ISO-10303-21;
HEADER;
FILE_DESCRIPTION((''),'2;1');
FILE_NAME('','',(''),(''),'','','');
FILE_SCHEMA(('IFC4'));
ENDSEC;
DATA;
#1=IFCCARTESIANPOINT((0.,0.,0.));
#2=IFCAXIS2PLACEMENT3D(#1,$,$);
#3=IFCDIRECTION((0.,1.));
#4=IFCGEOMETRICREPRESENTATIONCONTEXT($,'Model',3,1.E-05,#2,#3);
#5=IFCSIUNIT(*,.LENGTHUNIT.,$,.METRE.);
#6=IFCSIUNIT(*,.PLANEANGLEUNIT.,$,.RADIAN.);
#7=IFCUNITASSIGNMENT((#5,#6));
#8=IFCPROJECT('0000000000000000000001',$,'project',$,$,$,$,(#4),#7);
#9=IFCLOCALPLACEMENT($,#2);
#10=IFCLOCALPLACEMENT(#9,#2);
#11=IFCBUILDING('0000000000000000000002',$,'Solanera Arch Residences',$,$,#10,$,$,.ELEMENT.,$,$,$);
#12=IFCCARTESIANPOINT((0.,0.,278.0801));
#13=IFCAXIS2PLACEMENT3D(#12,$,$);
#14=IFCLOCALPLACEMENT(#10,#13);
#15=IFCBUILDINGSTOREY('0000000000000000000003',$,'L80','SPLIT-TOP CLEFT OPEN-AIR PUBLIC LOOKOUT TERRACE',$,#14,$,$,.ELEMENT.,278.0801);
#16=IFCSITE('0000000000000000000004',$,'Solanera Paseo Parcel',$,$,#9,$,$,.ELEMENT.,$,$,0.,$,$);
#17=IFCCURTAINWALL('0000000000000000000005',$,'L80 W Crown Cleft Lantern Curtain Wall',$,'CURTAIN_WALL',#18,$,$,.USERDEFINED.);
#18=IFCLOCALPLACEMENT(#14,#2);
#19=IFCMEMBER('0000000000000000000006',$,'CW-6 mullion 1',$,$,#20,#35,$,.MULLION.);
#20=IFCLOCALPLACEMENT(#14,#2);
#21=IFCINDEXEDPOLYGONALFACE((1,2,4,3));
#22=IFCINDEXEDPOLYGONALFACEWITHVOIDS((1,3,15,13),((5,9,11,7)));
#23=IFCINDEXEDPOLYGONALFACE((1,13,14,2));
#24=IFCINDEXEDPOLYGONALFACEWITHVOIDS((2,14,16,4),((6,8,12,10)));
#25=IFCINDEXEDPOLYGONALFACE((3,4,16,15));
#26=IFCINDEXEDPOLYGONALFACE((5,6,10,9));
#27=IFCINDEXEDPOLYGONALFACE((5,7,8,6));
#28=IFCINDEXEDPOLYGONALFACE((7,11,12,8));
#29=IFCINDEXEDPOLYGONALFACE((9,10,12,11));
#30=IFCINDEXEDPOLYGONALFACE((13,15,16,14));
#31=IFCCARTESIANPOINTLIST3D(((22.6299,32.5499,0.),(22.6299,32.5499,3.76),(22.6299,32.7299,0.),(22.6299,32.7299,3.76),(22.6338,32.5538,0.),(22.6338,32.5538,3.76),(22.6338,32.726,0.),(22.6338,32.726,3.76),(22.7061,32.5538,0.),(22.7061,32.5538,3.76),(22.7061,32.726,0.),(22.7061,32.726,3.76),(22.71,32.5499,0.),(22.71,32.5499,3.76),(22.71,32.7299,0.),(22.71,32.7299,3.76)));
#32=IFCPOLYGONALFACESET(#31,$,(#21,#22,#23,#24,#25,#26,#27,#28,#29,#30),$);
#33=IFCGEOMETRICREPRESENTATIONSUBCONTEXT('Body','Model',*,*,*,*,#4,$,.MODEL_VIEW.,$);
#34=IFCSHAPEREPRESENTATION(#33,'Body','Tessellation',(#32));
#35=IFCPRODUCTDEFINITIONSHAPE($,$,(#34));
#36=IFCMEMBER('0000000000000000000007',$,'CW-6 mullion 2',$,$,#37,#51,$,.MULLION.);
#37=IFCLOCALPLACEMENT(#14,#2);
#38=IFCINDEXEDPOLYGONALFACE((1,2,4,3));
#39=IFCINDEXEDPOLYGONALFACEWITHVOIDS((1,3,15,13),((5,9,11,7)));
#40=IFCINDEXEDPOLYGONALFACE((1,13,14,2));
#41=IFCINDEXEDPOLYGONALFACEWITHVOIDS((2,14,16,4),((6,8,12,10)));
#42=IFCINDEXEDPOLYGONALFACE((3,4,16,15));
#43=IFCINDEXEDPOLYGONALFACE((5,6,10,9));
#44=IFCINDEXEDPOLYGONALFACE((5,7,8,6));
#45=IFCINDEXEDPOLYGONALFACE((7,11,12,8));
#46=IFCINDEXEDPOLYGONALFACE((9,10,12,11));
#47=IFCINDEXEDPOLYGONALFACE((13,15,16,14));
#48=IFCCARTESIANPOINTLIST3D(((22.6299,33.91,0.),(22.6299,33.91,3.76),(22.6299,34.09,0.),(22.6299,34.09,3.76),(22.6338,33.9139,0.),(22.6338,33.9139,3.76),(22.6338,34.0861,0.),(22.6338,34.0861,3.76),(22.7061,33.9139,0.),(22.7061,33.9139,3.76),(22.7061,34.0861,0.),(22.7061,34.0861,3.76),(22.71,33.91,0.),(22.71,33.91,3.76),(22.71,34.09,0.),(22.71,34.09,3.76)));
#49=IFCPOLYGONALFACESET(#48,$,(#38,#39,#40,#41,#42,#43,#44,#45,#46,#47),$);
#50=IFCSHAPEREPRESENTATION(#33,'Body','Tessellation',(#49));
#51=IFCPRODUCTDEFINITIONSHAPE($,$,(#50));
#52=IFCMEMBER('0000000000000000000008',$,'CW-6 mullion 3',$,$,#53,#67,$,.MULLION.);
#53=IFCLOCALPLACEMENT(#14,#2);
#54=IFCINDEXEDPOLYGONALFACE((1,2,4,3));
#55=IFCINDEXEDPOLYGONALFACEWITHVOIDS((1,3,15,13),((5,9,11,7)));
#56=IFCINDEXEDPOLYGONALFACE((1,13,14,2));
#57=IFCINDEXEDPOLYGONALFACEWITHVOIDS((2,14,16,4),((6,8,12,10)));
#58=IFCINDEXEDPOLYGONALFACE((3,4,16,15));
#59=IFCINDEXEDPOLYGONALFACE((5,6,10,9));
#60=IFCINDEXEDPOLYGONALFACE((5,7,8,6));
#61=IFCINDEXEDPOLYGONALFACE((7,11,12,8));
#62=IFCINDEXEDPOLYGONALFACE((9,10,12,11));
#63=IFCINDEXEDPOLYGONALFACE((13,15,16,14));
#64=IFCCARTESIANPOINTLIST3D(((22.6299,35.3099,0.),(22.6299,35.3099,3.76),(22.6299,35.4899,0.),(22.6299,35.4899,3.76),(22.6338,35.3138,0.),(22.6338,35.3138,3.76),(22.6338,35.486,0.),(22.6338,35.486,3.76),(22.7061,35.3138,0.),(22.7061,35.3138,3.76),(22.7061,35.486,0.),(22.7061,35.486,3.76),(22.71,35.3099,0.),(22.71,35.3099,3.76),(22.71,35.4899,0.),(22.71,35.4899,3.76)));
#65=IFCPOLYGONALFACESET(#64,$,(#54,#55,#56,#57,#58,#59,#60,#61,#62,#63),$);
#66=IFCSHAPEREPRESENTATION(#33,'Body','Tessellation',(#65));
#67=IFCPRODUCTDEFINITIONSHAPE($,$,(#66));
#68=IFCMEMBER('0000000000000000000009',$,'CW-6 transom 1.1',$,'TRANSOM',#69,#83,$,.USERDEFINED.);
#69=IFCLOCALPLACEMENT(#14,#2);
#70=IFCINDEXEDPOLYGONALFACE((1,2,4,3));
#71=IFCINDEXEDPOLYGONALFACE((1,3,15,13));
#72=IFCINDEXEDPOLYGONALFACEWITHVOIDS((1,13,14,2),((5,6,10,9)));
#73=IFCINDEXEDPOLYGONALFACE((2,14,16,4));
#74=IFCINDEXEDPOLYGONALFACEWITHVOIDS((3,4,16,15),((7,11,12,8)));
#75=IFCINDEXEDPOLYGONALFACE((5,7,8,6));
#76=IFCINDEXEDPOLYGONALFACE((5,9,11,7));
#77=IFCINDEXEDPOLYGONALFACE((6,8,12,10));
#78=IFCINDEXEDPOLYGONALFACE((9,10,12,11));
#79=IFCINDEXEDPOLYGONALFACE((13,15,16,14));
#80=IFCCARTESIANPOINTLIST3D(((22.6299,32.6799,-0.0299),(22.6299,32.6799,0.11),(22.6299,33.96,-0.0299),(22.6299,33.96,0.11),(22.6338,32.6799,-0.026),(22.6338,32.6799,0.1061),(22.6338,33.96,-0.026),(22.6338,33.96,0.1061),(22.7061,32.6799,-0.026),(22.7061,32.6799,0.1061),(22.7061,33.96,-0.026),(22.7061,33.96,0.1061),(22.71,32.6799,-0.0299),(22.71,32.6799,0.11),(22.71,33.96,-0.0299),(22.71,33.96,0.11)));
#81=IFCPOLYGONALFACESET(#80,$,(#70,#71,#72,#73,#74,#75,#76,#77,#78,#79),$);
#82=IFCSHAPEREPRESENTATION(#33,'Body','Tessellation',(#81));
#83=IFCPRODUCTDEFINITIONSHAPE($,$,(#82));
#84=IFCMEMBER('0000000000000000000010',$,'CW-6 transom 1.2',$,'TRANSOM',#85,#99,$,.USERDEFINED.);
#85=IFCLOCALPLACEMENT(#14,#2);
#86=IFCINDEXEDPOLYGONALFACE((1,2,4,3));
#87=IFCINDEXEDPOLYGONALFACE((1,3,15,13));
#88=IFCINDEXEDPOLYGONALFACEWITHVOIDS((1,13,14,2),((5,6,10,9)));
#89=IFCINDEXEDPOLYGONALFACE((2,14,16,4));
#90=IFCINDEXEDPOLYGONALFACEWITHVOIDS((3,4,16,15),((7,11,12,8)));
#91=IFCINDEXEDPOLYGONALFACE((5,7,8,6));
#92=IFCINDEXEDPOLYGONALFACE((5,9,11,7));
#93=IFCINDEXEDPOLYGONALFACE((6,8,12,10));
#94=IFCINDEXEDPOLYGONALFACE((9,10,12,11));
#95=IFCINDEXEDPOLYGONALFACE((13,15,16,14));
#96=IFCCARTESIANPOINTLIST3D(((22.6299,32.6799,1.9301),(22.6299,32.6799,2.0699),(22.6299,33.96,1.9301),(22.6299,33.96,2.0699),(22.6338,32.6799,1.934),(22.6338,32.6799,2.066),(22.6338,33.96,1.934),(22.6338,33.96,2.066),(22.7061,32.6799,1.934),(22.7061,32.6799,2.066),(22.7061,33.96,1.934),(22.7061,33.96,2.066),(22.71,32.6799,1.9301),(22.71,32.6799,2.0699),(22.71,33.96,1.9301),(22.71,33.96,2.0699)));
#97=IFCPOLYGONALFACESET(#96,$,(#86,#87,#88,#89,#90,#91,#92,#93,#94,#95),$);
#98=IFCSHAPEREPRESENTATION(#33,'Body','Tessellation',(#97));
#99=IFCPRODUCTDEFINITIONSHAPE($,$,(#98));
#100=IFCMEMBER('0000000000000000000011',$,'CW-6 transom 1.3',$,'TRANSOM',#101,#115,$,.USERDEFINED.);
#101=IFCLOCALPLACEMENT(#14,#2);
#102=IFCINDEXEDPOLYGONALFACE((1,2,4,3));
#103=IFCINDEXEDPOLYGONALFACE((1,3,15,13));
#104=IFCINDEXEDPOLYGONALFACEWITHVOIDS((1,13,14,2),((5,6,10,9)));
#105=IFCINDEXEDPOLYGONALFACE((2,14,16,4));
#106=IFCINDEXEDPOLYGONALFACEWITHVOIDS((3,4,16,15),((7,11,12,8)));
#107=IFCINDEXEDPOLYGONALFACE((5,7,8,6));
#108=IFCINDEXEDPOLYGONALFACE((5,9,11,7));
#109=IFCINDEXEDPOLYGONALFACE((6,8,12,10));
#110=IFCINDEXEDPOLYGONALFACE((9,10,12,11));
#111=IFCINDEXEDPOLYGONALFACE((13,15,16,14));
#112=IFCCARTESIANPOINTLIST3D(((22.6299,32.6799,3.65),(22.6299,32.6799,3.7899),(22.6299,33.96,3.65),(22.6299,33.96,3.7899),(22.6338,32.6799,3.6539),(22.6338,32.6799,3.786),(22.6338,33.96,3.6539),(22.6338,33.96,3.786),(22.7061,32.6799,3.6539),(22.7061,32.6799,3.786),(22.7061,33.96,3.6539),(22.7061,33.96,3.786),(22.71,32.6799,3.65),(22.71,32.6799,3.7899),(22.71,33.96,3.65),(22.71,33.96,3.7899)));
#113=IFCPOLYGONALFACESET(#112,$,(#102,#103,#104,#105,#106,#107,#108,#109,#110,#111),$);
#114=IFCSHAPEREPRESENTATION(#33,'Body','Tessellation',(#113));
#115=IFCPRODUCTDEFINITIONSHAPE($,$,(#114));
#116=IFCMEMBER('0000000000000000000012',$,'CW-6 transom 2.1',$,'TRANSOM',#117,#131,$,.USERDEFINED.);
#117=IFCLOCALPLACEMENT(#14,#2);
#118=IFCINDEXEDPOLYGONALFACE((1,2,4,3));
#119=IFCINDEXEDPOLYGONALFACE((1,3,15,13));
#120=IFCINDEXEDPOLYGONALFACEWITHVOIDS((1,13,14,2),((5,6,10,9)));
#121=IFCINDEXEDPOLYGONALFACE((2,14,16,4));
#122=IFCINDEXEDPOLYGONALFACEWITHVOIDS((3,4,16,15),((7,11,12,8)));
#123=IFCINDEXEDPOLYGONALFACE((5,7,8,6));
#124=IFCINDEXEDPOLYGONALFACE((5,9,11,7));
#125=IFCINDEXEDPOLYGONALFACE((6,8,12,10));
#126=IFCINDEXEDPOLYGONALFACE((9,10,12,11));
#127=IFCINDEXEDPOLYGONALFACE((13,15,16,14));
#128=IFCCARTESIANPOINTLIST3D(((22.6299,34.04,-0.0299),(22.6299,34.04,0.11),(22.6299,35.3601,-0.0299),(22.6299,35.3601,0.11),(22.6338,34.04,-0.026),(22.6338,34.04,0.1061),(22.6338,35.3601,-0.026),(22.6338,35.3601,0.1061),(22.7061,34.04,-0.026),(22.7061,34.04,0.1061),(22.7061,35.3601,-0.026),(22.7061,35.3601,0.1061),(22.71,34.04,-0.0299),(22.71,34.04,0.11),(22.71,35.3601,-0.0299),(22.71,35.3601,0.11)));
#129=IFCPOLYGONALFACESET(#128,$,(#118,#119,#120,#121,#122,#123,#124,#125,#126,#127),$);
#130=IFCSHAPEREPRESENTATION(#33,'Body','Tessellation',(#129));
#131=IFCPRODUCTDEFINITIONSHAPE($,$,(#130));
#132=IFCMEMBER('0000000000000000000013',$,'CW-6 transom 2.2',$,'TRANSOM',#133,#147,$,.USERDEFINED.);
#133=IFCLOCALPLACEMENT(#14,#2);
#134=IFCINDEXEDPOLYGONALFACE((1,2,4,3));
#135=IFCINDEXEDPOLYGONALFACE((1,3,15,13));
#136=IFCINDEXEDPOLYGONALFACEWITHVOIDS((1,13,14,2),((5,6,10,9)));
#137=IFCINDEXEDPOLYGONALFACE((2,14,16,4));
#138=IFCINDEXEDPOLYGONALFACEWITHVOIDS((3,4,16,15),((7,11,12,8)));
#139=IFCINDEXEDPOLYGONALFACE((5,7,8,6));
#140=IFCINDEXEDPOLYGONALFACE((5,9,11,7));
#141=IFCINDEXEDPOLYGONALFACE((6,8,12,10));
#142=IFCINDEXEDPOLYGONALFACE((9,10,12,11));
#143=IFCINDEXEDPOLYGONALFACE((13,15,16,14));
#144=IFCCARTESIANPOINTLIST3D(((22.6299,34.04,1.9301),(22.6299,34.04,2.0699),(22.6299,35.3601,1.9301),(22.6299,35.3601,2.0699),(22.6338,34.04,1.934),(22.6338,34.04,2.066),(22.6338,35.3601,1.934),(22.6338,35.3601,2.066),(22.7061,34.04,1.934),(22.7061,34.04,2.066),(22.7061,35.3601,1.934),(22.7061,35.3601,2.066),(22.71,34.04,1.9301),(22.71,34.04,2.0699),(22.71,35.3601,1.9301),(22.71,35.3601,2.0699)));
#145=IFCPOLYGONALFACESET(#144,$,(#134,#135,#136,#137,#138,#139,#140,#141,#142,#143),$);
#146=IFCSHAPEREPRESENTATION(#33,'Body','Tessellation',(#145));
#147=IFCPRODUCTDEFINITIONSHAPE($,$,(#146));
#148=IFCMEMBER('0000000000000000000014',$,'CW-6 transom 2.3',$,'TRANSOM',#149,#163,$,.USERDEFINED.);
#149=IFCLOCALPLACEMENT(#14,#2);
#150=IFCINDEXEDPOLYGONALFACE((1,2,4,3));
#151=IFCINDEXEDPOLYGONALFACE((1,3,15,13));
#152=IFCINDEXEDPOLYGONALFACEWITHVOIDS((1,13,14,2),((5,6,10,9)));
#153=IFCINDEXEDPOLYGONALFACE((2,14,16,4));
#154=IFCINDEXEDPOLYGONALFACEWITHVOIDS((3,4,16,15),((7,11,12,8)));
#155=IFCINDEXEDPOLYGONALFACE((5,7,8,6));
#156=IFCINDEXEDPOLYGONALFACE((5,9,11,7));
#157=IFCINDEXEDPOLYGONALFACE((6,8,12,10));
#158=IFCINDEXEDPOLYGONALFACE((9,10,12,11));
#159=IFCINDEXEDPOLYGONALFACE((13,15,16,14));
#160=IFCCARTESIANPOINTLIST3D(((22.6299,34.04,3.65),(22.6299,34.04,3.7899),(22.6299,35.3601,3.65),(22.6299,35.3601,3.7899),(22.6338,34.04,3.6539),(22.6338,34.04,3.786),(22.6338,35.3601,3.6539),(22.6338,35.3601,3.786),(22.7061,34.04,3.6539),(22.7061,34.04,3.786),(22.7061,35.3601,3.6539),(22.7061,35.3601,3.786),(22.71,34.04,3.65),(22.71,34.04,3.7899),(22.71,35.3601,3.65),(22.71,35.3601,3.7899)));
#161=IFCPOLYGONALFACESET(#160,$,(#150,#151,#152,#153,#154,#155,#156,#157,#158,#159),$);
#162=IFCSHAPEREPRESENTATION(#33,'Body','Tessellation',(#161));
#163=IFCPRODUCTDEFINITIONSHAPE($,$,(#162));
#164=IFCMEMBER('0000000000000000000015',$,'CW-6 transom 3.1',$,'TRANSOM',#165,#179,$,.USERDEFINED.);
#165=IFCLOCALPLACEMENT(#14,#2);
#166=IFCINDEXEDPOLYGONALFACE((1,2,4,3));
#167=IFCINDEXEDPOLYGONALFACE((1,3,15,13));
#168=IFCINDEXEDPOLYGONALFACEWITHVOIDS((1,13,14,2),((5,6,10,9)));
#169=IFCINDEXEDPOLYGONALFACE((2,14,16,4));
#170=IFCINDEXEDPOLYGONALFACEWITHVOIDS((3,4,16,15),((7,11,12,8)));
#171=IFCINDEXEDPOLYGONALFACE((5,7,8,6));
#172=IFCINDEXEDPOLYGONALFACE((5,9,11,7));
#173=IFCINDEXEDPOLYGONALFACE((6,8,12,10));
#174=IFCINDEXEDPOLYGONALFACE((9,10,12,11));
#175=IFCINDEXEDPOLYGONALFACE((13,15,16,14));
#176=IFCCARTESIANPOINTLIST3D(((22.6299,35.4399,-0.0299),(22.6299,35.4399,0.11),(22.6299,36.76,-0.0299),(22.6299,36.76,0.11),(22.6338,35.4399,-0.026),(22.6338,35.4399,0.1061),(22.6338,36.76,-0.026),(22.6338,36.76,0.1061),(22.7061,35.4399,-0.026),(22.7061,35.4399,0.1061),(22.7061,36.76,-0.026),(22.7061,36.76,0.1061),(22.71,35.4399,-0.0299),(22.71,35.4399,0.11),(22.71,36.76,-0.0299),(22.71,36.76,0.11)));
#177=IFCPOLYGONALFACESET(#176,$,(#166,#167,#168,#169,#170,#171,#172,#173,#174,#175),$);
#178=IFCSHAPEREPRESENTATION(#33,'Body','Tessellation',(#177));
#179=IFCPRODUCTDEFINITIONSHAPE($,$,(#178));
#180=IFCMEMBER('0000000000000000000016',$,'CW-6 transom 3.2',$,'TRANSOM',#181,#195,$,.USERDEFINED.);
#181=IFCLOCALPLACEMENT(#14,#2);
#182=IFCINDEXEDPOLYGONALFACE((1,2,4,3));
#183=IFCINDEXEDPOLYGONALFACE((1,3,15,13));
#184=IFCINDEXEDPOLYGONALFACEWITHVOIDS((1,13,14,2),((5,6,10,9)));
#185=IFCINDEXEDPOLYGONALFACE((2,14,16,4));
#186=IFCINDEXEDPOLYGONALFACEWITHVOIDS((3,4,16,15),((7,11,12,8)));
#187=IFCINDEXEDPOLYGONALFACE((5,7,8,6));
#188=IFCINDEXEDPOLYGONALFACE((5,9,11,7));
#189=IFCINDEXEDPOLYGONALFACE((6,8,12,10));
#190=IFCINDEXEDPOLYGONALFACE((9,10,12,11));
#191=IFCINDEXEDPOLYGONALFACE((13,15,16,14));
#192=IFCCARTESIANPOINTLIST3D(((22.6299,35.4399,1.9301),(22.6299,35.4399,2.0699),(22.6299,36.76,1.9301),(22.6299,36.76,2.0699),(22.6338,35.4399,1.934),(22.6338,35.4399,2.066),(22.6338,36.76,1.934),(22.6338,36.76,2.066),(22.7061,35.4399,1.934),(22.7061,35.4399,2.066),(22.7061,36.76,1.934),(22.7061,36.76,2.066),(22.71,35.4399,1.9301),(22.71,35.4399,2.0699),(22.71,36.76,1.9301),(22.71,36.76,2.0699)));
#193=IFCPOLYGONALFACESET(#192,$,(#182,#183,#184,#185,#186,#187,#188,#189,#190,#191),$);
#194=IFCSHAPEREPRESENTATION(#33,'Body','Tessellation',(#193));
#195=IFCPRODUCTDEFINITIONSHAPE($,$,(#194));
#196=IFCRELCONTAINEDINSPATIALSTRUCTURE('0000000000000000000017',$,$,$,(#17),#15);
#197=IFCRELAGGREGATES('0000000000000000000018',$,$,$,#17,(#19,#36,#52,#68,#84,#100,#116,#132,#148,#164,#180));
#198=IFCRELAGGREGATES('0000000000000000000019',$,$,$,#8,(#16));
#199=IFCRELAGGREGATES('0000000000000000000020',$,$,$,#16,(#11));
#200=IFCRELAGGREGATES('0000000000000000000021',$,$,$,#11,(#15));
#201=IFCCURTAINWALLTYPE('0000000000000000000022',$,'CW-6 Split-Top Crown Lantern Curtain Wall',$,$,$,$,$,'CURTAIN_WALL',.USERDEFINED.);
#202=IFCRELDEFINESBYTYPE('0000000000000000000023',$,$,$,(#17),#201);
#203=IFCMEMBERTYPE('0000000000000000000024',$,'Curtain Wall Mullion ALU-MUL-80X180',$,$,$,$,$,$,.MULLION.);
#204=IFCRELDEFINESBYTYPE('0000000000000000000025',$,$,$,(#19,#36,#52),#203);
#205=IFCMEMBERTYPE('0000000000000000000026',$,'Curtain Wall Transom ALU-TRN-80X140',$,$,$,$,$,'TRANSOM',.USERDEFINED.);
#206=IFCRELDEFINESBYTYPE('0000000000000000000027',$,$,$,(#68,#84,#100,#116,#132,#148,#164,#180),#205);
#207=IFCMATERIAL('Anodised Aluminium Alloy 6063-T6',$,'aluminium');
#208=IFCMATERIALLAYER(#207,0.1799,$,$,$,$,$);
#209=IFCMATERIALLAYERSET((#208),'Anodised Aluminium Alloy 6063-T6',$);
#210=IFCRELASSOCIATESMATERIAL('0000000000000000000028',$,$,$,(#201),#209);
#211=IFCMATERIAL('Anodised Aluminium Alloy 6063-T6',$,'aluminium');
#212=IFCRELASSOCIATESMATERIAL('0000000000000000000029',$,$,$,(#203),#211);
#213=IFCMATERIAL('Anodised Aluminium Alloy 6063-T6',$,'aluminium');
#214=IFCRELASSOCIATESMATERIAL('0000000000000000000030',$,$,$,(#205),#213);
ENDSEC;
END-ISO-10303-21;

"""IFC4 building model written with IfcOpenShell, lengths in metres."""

from ifc_helpers import new_model, si_unit, direction, frame, origin, origin_2d, place, context, subcontext, project, spatial, hollow_rectangle, extrude, material, layer, layer_set, material_profile, profile_set, type_object, element, aggregate, save


model = new_model("IFC4")

# Units and contexts
model_context = context("Model", 3, precision=1e-05, world=origin(), true_north=direction((0.0, 1.0)))
body_context = subcontext(model_context, "Body", "Model", "MODEL_VIEW")
ifc_project = project(units=[si_unit("LENGTHUNIT", "METRE"), si_unit("PLANEANGLEUNIT", "RADIAN")], contexts=[model_context])

# Site, building, storey
site_placement = place(None, origin())
site = spatial("IfcSite", under=ifc_project, at=site_placement, Name="Solanera Paseo Parcel", CompositionType="ELEMENT", RefElevation=0.0)
building_placement = place(site_placement, origin())
building = spatial("IfcBuilding", under=site, at=building_placement, Name="Solanera Arch Residences", CompositionType="ELEMENT")
storey_placement = place(building_placement, frame((0.0, 0.0, 278.0801)))
storey = spatial("IfcBuildingStorey", under=building, at=storey_placement, Name="L80", Description="SPLIT-TOP CLEFT OPEN-AIR PUBLIC LOOKOUT TERRACE", CompositionType="ELEMENT", Elevation=278.0801)

# Curtain wall, members
ifc_material_1 = material(Name="Anodised Aluminium Alloy 6063-T6", Category="aluminium")
ifc_layer_1 = layer(ifc_material_1, 0.1799)
ifc_layer_set_1 = layer_set([ifc_layer_1], Name="Anodised Aluminium Alloy 6063-T6")
curtain_wall_type = type_object("IfcCurtainWallType", Name="CW-6 Split-Top Crown Lantern Curtain Wall", ElementType="CURTAIN_WALL", PredefinedType="USERDEFINED", material=ifc_layer_set_1)
curtain_wall_placement = place(storey_placement, origin())
curtain_wall = element("IfcCurtainWall", 1, at=curtain_wall_placement, inside=storey, type_object=curtain_wall_type, Name="L80 W Crown Cleft Lantern Curtain Wall", ObjectType="CURTAIN_WALL", PredefinedType="USERDEFINED")
ifc_material_2 = material(Name="Anodised Aluminium Alloy 6063-T6", Category="aluminium")
ifc_material_profile_1 = material_profile(ifc_material_2, hollow_rectangle(XDim=0.0801, YDim=0.1799, WallThickness=0.0039, at=origin_2d()))
ifc_profile_set_1 = profile_set([ifc_material_profile_1], Name="Anodised Aluminium Alloy 6063-T6")
member_type_1 = type_object("IfcMemberType", Name="Curtain Wall Mullion ALU-MUL-80X180", PredefinedType="MULLION", material=ifc_profile_set_1)
member_1_placement = place(storey_placement, frame((22.6699, 32.6399, 0.0), z_axis=(0.0, 0.0, 1.0), x_axis=(-1.0, 0.0, 0.0)))
member_1 = element("IfcMember", 2, at=member_1_placement, type_object=member_type_1, Name="CW-6 mullion 1", PredefinedType="MULLION", context=body_context, shape_type="SweptSolid", body=[
    extrude(hollow_rectangle(XDim=0.0801, YDim=0.1799, WallThickness=0.0039, at=origin_2d()), origin(), (0.0, 0.0, 1.0), 3.76),
])
member_2_placement = place(storey_placement, frame((22.6699, 34.0, 0.0), z_axis=(0.0, 0.0, 1.0), x_axis=(-1.0, 0.0, 0.0)))
member_2 = element("IfcMember", 3, at=member_2_placement, type_object=member_type_1, Name="CW-6 mullion 2", PredefinedType="MULLION", context=body_context, shape_type="SweptSolid", body=[
    extrude(hollow_rectangle(XDim=0.0801, YDim=0.1799, WallThickness=0.0039, at=origin_2d()), origin(), (0.0, 0.0, 1.0), 3.76),
])
member_3_placement = place(storey_placement, frame((22.6699, 35.3999, 0.0), z_axis=(0.0, 0.0, 1.0), x_axis=(-1.0, 0.0, 0.0)))
member_3 = element("IfcMember", 4, at=member_3_placement, type_object=member_type_1, Name="CW-6 mullion 3", PredefinedType="MULLION", context=body_context, shape_type="SweptSolid", body=[
    extrude(hollow_rectangle(XDim=0.0801, YDim=0.1799, WallThickness=0.0039, at=origin_2d()), origin(), (0.0, 0.0, 1.0), 3.76),
])
ifc_material_3 = material(Name="Anodised Aluminium Alloy 6063-T6", Category="aluminium")
ifc_material_profile_2 = material_profile(ifc_material_3, hollow_rectangle(XDim=0.0801, YDim=0.1399, WallThickness=0.0039, at=origin_2d()))
ifc_profile_set_2 = profile_set([ifc_material_profile_2], Name="Anodised Aluminium Alloy 6063-T6")
member_type_2 = type_object("IfcMemberType", Name="Curtain Wall Transom ALU-TRN-80X140", ElementType="TRANSOM", PredefinedType="USERDEFINED", material=ifc_profile_set_2)
member_4_placement = place(storey_placement, frame((22.6699, 32.6799, 0.04), z_axis=(0.0, 1.0, 0.0), x_axis=(-1.0, 0.0, 0.0)))
member_4 = element("IfcMember", 5, at=member_4_placement, type_object=member_type_2, Name="CW-6 transom 1.1", ObjectType="TRANSOM", PredefinedType="USERDEFINED", context=body_context, shape_type="SweptSolid", body=[
    extrude(hollow_rectangle(XDim=0.0801, YDim=0.1399, WallThickness=0.0039, at=origin_2d()), origin(), (0.0, 0.0, 1.0), 1.28),
])
member_5_placement = place(storey_placement, frame((22.6699, 32.6799, 2.0), z_axis=(0.0, 1.0, 0.0), x_axis=(-1.0, 0.0, 0.0)))
member_5 = element("IfcMember", 6, at=member_5_placement, type_object=member_type_2, Name="CW-6 transom 1.2", ObjectType="TRANSOM", PredefinedType="USERDEFINED", context=body_context, shape_type="SweptSolid", body=[
    extrude(hollow_rectangle(XDim=0.0801, YDim=0.1399, WallThickness=0.0039, at=origin_2d()), origin(), (0.0, 0.0, 1.0), 1.28),
])
member_6_placement = place(storey_placement, frame((22.6699, 32.6799, 3.72), z_axis=(0.0, 1.0, 0.0), x_axis=(-1.0, 0.0, 0.0)))
member_6 = element("IfcMember", 7, at=member_6_placement, type_object=member_type_2, Name="CW-6 transom 1.3", ObjectType="TRANSOM", PredefinedType="USERDEFINED", context=body_context, shape_type="SweptSolid", body=[
    extrude(hollow_rectangle(XDim=0.0801, YDim=0.1399, WallThickness=0.0039, at=origin_2d()), origin(), (0.0, 0.0, 1.0), 1.28),
])
member_7_placement = place(storey_placement, frame((22.6699, 34.04, 0.04), z_axis=(0.0, 1.0, 0.0), x_axis=(-1.0, 0.0, 0.0)))
member_7 = element("IfcMember", 8, at=member_7_placement, type_object=member_type_2, Name="CW-6 transom 2.1", ObjectType="TRANSOM", PredefinedType="USERDEFINED", context=body_context, shape_type="SweptSolid", body=[
    extrude(hollow_rectangle(XDim=0.0801, YDim=0.1399, WallThickness=0.0039, at=origin_2d()), origin(), (0.0, 0.0, 1.0), 1.3201),
])
member_8_placement = place(storey_placement, frame((22.6699, 34.04, 2.0), z_axis=(0.0, 1.0, 0.0), x_axis=(-1.0, 0.0, 0.0)))
member_8 = element("IfcMember", 9, at=member_8_placement, type_object=member_type_2, Name="CW-6 transom 2.2", ObjectType="TRANSOM", PredefinedType="USERDEFINED", context=body_context, shape_type="SweptSolid", body=[
    extrude(hollow_rectangle(XDim=0.0801, YDim=0.1399, WallThickness=0.0039, at=origin_2d()), origin(), (0.0, 0.0, 1.0), 1.3201),
])
member_9_placement = place(storey_placement, frame((22.6699, 34.04, 3.72), z_axis=(0.0, 1.0, 0.0), x_axis=(-1.0, 0.0, 0.0)))
member_9 = element("IfcMember", 10, at=member_9_placement, type_object=member_type_2, Name="CW-6 transom 2.3", ObjectType="TRANSOM", PredefinedType="USERDEFINED", context=body_context, shape_type="SweptSolid", body=[
    extrude(hollow_rectangle(XDim=0.0801, YDim=0.1399, WallThickness=0.0039, at=origin_2d()), origin(), (0.0, 0.0, 1.0), 1.3201),
])
member_10_placement = place(storey_placement, frame((22.6699, 35.4399, 0.04), z_axis=(0.0, 1.0, 0.0), x_axis=(-1.0, 0.0, 0.0)))
member_10 = element("IfcMember", 11, at=member_10_placement, type_object=member_type_2, Name="CW-6 transom 3.1", ObjectType="TRANSOM", PredefinedType="USERDEFINED", context=body_context, shape_type="SweptSolid", body=[
    extrude(hollow_rectangle(XDim=0.0801, YDim=0.1399, WallThickness=0.0039, at=origin_2d()), origin(), (0.0, 0.0, 1.0), 1.3201),
])
member_11_placement = place(storey_placement, frame((22.6699, 35.4399, 2.0), z_axis=(0.0, 1.0, 0.0), x_axis=(-1.0, 0.0, 0.0)))
member_11 = element("IfcMember", 12, at=member_11_placement, type_object=member_type_2, Name="CW-6 transom 3.2", ObjectType="TRANSOM", PredefinedType="USERDEFINED", context=body_context, shape_type="SweptSolid", body=[
    extrude(hollow_rectangle(XDim=0.0801, YDim=0.1399, WallThickness=0.0039, at=origin_2d()), origin(), (0.0, 0.0, 1.0), 1.3201),
])

aggregate(curtain_wall, [member_1, member_2, member_3, member_4, member_5, member_6, member_7, member_8, member_9, member_10, member_11])

save(model, "model.ifc")
